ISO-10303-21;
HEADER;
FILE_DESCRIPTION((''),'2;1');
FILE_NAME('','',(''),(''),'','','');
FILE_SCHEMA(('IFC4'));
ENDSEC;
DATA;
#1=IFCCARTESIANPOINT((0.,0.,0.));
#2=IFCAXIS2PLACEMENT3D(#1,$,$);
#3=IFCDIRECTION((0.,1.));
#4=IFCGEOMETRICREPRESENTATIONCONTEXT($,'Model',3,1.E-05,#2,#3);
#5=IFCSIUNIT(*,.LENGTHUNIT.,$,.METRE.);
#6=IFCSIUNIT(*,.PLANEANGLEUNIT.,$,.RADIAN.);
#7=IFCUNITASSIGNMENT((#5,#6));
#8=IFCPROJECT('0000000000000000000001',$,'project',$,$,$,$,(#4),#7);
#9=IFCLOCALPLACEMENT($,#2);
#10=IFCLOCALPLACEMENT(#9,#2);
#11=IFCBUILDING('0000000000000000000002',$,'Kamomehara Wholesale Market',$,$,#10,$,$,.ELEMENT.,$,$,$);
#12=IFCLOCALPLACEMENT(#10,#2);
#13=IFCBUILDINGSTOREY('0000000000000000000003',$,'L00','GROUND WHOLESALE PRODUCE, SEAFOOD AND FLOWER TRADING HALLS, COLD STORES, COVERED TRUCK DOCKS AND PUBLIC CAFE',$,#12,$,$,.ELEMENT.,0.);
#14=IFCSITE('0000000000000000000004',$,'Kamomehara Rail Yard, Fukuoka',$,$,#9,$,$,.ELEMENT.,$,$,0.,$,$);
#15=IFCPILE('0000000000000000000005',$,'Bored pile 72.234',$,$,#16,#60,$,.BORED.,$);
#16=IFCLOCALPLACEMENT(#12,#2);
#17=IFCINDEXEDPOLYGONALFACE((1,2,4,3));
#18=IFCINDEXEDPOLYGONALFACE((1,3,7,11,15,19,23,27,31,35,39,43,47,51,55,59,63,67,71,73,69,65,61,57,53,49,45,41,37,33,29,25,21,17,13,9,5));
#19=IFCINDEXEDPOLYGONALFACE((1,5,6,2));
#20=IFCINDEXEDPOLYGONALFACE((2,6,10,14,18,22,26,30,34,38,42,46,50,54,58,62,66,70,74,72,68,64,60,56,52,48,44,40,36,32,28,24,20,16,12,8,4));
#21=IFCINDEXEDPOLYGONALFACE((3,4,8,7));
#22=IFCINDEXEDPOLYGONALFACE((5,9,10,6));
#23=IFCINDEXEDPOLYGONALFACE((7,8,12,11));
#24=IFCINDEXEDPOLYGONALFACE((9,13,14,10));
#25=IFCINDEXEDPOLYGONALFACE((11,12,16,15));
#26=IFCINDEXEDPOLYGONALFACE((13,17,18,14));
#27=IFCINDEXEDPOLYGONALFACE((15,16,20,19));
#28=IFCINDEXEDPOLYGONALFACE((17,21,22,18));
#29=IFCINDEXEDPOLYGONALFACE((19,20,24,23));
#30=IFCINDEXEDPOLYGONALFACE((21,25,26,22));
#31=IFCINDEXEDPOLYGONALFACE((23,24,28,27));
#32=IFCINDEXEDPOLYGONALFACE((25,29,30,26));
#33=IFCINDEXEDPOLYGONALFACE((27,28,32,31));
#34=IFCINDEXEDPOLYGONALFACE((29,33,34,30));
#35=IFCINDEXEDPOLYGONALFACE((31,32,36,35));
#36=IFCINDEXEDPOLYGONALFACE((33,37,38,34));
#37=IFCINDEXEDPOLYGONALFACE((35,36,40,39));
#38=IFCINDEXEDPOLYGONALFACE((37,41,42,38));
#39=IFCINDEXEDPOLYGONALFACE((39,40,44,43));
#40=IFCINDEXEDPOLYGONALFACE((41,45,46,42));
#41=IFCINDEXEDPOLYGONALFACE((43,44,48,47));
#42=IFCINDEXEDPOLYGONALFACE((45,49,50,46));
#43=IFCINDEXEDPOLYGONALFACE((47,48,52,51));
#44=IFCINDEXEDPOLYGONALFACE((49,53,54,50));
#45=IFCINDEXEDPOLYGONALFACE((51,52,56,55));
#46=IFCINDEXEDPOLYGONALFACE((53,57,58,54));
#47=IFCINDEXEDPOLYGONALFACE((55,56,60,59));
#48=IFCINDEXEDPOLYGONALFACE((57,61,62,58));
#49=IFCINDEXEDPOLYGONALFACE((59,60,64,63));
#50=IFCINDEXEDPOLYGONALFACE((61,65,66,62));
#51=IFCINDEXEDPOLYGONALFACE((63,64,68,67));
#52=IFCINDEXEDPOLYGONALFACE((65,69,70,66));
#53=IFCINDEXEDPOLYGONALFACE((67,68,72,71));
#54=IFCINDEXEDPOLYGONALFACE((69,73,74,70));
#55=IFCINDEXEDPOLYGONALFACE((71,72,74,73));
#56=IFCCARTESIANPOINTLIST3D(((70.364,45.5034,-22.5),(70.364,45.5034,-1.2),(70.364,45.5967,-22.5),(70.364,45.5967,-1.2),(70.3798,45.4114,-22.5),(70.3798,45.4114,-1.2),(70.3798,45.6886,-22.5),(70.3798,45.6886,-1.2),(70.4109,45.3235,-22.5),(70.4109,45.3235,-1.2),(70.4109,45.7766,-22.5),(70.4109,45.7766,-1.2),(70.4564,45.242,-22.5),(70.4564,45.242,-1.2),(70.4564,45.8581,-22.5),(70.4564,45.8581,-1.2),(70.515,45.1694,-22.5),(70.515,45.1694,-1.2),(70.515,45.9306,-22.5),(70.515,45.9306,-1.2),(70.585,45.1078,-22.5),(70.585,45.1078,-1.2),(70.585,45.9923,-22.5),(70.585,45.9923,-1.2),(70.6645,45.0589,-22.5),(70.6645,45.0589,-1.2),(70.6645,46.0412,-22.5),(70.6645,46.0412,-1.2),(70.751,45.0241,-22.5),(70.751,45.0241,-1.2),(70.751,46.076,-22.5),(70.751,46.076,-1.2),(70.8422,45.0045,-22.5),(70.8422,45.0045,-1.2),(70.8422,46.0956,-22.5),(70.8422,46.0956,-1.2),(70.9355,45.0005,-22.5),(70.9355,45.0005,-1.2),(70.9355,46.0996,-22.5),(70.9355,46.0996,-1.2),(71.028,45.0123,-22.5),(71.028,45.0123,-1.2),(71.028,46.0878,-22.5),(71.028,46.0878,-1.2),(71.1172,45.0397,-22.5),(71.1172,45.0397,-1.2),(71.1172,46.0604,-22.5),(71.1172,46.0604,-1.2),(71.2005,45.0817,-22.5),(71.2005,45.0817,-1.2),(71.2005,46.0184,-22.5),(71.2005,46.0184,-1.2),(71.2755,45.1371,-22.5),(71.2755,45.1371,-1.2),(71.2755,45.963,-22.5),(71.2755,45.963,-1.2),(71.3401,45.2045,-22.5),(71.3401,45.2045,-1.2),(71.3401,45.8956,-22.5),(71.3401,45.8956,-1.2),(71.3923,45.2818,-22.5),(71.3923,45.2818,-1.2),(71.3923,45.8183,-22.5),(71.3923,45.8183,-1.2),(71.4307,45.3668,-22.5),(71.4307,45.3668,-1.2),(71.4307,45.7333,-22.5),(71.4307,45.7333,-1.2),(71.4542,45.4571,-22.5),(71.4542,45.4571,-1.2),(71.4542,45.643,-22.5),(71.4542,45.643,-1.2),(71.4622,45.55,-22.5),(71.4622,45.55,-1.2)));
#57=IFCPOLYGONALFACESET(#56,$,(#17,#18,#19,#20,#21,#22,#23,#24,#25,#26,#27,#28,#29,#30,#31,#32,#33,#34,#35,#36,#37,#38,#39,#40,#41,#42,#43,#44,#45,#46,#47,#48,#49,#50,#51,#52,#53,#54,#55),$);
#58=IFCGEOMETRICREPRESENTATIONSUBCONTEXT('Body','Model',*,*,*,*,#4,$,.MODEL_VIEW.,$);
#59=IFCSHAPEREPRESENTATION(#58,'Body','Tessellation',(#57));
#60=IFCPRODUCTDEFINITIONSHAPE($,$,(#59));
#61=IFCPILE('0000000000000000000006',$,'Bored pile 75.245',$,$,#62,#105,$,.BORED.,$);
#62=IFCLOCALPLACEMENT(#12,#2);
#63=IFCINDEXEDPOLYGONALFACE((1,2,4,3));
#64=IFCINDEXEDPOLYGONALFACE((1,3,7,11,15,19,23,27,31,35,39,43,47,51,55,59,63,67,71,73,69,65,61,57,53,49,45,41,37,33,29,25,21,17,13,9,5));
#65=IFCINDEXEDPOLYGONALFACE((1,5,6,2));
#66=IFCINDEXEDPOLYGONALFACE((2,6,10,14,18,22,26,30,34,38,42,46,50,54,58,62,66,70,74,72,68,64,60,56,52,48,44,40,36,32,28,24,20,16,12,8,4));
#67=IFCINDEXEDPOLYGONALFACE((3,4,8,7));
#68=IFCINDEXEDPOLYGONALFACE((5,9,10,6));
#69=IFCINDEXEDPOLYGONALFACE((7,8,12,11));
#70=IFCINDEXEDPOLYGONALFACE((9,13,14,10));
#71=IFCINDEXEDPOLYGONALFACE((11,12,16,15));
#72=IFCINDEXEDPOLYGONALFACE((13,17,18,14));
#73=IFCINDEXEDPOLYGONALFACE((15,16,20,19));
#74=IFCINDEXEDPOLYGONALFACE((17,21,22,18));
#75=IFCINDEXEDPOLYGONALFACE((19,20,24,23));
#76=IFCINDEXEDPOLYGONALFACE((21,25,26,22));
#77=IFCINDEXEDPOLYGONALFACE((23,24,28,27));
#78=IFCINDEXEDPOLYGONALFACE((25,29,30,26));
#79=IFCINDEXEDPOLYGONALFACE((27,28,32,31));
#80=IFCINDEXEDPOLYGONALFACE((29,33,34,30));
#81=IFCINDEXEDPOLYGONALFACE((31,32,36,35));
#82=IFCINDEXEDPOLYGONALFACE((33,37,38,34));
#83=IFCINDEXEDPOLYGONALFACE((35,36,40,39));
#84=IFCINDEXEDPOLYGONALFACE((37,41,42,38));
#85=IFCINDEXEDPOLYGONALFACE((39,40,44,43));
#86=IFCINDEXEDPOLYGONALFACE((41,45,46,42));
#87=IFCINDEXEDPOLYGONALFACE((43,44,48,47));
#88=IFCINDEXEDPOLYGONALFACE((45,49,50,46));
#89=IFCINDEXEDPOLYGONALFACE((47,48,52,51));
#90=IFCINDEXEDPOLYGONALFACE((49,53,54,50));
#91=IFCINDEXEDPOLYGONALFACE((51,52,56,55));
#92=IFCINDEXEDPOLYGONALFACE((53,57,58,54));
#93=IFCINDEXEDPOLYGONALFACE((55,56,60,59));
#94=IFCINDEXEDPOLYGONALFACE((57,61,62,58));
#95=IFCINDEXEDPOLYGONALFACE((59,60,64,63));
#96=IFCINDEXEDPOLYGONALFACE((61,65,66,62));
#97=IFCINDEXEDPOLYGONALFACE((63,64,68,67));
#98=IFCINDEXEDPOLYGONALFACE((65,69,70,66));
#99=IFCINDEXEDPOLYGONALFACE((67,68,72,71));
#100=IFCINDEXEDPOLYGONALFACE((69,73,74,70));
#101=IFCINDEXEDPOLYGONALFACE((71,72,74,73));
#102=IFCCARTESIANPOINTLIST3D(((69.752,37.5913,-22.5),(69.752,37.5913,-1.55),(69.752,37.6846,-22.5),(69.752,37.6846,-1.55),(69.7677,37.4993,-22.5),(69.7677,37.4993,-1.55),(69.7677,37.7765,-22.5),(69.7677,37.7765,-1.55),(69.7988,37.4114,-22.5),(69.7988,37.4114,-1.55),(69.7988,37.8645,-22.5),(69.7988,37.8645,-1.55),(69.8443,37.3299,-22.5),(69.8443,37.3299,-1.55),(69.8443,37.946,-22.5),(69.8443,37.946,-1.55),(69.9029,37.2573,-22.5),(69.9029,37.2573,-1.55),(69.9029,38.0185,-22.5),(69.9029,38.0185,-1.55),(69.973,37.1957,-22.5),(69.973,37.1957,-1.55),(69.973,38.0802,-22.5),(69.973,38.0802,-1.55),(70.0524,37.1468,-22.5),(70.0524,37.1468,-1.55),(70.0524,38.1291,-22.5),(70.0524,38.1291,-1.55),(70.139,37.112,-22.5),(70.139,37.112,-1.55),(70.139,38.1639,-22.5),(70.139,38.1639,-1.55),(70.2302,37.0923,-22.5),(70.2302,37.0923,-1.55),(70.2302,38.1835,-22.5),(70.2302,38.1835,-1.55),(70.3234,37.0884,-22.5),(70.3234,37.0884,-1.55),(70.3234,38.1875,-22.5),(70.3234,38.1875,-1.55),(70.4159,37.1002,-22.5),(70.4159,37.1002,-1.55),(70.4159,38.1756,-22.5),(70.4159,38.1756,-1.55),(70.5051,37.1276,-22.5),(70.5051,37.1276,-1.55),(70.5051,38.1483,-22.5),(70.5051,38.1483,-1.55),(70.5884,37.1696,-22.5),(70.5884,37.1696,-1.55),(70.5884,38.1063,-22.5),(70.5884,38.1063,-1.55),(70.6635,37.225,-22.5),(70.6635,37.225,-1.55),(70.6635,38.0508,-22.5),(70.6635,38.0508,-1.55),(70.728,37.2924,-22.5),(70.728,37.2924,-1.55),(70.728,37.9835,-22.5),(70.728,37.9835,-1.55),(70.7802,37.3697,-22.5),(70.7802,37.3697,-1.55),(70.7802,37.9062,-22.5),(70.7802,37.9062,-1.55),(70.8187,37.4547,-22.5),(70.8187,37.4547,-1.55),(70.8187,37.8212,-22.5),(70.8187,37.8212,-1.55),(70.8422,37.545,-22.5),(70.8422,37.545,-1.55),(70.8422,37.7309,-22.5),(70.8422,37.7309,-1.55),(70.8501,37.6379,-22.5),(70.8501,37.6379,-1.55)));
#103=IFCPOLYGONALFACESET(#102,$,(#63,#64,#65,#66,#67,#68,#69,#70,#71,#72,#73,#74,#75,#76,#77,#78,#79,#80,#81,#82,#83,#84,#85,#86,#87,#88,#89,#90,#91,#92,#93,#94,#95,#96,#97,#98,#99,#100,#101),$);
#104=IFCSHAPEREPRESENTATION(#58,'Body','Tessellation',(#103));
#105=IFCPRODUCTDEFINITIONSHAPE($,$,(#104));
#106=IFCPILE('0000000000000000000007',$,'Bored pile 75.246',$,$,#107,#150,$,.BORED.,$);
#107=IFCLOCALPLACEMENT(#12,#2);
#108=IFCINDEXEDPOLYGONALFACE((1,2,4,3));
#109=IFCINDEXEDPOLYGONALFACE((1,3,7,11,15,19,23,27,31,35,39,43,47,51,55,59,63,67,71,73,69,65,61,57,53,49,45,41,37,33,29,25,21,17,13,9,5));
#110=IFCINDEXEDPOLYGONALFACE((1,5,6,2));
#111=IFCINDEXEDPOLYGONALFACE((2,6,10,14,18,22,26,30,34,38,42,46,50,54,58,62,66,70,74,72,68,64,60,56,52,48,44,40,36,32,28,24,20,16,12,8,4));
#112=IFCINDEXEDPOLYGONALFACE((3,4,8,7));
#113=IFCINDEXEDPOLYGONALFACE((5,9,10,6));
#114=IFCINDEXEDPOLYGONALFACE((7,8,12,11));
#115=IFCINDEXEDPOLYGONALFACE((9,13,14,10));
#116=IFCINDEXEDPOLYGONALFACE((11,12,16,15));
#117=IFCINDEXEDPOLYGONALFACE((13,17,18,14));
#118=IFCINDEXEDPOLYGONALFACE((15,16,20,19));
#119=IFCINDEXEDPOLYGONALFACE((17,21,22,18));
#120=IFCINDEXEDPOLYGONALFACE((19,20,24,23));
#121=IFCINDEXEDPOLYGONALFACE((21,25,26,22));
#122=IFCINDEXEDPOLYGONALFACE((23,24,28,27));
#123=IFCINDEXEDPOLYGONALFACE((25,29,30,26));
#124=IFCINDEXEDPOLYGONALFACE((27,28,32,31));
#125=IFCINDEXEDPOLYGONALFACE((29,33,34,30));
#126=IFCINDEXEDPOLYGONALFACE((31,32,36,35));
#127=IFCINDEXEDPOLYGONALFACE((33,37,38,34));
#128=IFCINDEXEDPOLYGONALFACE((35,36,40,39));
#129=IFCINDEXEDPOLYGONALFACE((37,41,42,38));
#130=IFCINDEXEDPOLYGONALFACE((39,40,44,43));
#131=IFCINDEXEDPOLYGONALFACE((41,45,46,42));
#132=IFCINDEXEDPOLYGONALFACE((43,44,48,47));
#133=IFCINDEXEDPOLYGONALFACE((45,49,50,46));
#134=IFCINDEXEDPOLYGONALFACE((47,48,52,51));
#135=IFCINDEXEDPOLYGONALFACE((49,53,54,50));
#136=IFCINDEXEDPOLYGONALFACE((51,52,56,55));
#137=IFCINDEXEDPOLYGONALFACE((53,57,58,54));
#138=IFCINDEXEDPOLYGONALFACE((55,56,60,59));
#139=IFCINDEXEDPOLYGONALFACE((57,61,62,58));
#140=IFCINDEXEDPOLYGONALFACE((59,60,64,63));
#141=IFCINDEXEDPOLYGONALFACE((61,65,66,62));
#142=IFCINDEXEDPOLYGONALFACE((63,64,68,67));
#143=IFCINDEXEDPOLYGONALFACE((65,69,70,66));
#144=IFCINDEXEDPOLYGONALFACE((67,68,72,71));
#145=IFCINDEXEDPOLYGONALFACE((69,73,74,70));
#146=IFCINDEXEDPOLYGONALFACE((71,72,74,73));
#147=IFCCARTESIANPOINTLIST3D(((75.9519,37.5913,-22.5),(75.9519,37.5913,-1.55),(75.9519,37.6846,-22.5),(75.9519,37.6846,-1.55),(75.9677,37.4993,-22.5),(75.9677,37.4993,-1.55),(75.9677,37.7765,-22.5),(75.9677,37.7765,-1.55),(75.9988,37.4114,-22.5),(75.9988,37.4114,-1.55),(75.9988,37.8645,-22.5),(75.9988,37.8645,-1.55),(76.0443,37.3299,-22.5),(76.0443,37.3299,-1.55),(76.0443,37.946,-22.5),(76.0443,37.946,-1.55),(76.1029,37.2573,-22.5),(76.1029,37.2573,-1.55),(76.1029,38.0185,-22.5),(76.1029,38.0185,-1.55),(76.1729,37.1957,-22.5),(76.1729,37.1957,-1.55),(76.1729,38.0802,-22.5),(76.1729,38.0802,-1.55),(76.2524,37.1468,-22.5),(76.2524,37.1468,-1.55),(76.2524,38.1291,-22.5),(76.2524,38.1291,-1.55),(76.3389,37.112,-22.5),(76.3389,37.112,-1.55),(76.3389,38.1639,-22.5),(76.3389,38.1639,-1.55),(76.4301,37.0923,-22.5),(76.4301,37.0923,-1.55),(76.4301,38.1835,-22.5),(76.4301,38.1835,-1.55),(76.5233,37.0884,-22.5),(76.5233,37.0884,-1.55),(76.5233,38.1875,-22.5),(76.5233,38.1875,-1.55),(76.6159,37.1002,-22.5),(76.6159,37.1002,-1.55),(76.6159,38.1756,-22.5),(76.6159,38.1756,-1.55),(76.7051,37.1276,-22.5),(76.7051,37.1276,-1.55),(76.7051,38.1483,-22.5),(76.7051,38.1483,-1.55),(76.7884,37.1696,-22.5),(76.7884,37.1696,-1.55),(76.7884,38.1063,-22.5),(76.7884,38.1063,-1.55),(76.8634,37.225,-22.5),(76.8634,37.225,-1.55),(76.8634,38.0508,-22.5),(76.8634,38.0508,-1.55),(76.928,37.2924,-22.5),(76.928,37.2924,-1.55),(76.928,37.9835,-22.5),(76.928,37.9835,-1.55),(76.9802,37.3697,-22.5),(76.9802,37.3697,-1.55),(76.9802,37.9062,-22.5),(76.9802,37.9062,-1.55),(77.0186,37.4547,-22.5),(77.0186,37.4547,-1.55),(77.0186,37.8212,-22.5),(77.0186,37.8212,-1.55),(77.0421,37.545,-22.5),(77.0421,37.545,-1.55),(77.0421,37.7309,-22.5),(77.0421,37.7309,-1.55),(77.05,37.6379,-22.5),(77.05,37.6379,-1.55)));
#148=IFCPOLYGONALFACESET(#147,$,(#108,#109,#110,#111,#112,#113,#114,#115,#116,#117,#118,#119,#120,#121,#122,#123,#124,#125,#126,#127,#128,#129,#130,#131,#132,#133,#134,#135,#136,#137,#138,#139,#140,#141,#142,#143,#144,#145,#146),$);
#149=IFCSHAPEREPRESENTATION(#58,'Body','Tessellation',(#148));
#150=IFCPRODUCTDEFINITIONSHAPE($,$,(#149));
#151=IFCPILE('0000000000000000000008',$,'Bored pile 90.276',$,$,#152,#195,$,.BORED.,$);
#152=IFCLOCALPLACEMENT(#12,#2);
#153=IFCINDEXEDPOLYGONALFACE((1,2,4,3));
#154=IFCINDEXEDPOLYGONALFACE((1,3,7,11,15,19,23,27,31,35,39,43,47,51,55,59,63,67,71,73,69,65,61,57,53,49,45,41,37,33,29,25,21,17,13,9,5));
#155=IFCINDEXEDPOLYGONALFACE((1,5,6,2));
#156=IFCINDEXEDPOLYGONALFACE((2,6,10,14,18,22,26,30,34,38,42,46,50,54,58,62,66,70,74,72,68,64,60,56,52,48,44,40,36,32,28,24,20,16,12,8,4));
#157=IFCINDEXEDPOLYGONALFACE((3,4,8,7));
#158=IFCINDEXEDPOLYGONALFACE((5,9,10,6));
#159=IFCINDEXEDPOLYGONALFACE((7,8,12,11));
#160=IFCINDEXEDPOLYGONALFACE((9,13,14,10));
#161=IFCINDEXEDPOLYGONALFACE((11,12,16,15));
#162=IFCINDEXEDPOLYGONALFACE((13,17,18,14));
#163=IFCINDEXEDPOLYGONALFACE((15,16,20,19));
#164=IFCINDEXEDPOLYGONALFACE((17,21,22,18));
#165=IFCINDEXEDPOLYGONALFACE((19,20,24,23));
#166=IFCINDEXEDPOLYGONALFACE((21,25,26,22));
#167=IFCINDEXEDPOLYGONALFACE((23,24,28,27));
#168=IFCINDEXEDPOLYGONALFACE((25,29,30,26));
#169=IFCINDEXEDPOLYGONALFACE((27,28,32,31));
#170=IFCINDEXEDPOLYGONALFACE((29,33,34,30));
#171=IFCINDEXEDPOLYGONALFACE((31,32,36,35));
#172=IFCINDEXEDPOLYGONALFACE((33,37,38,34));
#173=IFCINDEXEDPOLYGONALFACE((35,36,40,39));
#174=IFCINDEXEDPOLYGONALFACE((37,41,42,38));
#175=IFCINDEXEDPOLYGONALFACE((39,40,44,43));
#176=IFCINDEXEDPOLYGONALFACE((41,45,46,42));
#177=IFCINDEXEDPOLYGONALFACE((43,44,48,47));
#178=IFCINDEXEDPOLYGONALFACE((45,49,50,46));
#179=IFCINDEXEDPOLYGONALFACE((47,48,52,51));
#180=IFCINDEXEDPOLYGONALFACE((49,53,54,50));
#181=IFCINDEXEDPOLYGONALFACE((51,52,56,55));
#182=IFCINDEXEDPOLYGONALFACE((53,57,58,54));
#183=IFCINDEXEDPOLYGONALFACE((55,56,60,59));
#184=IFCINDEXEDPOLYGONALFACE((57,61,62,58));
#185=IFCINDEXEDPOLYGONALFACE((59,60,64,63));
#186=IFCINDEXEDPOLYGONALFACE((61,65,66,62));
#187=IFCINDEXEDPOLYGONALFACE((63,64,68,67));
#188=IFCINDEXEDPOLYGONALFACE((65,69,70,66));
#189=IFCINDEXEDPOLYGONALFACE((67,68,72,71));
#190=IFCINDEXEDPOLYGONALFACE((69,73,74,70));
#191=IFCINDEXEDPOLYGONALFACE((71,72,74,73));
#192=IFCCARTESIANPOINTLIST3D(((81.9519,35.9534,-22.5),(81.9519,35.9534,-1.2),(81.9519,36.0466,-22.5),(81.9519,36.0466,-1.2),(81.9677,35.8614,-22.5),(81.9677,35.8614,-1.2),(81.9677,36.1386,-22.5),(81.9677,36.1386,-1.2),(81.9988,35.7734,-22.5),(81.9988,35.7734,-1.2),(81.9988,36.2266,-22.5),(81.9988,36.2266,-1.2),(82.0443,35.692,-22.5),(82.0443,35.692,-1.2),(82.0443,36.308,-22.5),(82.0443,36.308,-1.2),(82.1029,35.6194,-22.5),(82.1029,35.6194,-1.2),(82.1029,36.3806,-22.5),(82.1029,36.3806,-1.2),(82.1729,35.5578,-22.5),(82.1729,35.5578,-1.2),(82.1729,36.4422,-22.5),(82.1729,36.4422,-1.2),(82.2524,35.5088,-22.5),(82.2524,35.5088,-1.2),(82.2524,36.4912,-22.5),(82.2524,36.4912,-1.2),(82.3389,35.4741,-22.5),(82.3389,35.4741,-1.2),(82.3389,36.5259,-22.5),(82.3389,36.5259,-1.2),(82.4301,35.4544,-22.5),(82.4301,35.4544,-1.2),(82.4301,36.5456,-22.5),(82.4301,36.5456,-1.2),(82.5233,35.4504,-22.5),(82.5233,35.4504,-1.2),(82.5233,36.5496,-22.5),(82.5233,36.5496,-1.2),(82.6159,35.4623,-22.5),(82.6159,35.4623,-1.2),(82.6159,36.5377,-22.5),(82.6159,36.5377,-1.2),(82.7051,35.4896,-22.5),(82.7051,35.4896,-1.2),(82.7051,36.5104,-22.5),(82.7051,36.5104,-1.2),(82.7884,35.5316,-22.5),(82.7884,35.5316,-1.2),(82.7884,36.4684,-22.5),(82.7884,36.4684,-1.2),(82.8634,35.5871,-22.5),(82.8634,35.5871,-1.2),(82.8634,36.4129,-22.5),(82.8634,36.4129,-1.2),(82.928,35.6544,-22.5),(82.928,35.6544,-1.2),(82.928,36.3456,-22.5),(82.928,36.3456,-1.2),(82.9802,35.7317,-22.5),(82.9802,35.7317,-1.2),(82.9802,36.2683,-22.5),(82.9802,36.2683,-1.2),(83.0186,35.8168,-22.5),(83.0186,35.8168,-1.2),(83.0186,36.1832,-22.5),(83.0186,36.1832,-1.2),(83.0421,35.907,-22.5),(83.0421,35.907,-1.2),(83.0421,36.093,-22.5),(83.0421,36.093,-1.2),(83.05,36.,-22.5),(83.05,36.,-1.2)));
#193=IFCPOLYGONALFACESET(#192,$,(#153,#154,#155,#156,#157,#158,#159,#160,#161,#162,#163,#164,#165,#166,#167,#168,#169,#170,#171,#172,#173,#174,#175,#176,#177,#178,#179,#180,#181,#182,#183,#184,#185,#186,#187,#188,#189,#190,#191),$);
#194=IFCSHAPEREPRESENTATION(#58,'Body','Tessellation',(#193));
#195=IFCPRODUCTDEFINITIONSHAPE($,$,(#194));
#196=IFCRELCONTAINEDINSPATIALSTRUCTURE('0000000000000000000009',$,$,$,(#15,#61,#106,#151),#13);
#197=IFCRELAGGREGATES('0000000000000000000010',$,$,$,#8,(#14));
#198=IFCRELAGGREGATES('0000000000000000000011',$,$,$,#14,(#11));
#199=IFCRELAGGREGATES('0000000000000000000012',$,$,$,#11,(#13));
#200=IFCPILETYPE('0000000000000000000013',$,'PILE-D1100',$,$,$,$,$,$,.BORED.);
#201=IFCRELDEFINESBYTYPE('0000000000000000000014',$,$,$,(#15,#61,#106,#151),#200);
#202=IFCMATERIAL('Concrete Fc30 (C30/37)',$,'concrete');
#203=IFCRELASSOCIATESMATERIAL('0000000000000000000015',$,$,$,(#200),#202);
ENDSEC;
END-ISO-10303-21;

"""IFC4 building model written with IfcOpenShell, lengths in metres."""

from ifc_helpers import new_model, si_unit, direction, frame, origin, origin_2d, place, context, subcontext, project, spatial, circle, extrude, material, material_profile, profile_set, type_object, element, save


model = new_model("IFC4")

# Units and contexts
model_context = context("Model", 3, precision=1e-05, world=origin(), true_north=direction((0.0, 1.0)))
body_context = subcontext(model_context, "Body", "Model", "MODEL_VIEW")
ifc_project = project(units=[si_unit("LENGTHUNIT", "METRE"), si_unit("PLANEANGLEUNIT", "RADIAN")], contexts=[model_context])

# Site, building, storey
site_placement = place(None, origin())
site = spatial("IfcSite", under=ifc_project, at=site_placement, Name="Kamomehara Rail Yard, Fukuoka", CompositionType="ELEMENT", RefElevation=0.0)
building_placement = place(site_placement, origin())
building = spatial("IfcBuilding", under=site, at=building_placement, Name="Kamomehara Wholesale Market", CompositionType="ELEMENT")
storey_placement = place(building_placement, origin())
storey = spatial("IfcBuildingStorey", under=building, at=storey_placement, Name="L00", Description="GROUND WHOLESALE PRODUCE, SEAFOOD AND FLOWER TRADING HALLS, COLD STORES, COVERED TRUCK DOCKS AND PUBLIC CAFE", CompositionType="ELEMENT", Elevation=0.0)

# Piles
ifc_material_1 = material(Name="Concrete Fc30 (C30/37)", Category="concrete")
ifc_material_profile_1 = material_profile(ifc_material_1, circle(Radius=0.55, at=origin_2d()), Name="RC-PILE-D1100")
ifc_profile_set_1 = profile_set([ifc_material_profile_1], Name="Concrete Fc30 (C30/37)")
pile_type_1 = type_object("IfcPileType", Name="PILE-D1100", PredefinedType="BORED", material=ifc_profile_set_1)
pile_1_placement = place(storey_placement, frame((70.9121, 45.55, -1.2), z_axis=(0.0, 0.0, -1.0), x_axis=(1.0, 0.0, 0.0)))
element("IfcPile", 1, at=pile_1_placement, inside=storey, type_object=pile_type_1, Name="Bored pile 72.234", PredefinedType="BORED", context=body_context, shape_type="SweptSolid", body=[
    extrude(circle(Radius=0.55, at=origin_2d()), origin(), (0.0, 0.0, 1.0), 21.3),
])
for number, where, z_axis, x_axis, name in (
    (2, (70.3, 37.6379, -1.55), (0.0, 0.0, -1.0), (1.0, 0.0, 0.0), "Bored pile 75.245"),
    (3, (76.5, 37.6379, -1.55), (0.0, 0.0, -1.0), (1.0, 0.0, 0.0), "Bored pile 75.246"),
):
    element("IfcPile", number, at=place(storey_placement, frame(where, z_axis=z_axis, x_axis=x_axis)), inside=storey, type_object=pile_type_1, Name=name, PredefinedType="BORED", context=body_context, shape_type="SweptSolid", body=[
        extrude(circle(Radius=0.55, at=origin_2d()), origin(), (0.0, 0.0, 1.0), 20.95),
    ])
pile_2_placement = place(storey_placement, frame((82.5, 36.0, -1.2), z_axis=(0.0, 0.0, -1.0), x_axis=(1.0, 0.0, 0.0)))
element("IfcPile", 4, at=pile_2_placement, inside=storey, type_object=pile_type_1, Name="Bored pile 90.276", PredefinedType="BORED", context=body_context, shape_type="SweptSolid", body=[
    extrude(circle(Radius=0.55, at=origin_2d()), origin(), (0.0, 0.0, 1.0), 21.3),
])

save(model, "model.ifc")
